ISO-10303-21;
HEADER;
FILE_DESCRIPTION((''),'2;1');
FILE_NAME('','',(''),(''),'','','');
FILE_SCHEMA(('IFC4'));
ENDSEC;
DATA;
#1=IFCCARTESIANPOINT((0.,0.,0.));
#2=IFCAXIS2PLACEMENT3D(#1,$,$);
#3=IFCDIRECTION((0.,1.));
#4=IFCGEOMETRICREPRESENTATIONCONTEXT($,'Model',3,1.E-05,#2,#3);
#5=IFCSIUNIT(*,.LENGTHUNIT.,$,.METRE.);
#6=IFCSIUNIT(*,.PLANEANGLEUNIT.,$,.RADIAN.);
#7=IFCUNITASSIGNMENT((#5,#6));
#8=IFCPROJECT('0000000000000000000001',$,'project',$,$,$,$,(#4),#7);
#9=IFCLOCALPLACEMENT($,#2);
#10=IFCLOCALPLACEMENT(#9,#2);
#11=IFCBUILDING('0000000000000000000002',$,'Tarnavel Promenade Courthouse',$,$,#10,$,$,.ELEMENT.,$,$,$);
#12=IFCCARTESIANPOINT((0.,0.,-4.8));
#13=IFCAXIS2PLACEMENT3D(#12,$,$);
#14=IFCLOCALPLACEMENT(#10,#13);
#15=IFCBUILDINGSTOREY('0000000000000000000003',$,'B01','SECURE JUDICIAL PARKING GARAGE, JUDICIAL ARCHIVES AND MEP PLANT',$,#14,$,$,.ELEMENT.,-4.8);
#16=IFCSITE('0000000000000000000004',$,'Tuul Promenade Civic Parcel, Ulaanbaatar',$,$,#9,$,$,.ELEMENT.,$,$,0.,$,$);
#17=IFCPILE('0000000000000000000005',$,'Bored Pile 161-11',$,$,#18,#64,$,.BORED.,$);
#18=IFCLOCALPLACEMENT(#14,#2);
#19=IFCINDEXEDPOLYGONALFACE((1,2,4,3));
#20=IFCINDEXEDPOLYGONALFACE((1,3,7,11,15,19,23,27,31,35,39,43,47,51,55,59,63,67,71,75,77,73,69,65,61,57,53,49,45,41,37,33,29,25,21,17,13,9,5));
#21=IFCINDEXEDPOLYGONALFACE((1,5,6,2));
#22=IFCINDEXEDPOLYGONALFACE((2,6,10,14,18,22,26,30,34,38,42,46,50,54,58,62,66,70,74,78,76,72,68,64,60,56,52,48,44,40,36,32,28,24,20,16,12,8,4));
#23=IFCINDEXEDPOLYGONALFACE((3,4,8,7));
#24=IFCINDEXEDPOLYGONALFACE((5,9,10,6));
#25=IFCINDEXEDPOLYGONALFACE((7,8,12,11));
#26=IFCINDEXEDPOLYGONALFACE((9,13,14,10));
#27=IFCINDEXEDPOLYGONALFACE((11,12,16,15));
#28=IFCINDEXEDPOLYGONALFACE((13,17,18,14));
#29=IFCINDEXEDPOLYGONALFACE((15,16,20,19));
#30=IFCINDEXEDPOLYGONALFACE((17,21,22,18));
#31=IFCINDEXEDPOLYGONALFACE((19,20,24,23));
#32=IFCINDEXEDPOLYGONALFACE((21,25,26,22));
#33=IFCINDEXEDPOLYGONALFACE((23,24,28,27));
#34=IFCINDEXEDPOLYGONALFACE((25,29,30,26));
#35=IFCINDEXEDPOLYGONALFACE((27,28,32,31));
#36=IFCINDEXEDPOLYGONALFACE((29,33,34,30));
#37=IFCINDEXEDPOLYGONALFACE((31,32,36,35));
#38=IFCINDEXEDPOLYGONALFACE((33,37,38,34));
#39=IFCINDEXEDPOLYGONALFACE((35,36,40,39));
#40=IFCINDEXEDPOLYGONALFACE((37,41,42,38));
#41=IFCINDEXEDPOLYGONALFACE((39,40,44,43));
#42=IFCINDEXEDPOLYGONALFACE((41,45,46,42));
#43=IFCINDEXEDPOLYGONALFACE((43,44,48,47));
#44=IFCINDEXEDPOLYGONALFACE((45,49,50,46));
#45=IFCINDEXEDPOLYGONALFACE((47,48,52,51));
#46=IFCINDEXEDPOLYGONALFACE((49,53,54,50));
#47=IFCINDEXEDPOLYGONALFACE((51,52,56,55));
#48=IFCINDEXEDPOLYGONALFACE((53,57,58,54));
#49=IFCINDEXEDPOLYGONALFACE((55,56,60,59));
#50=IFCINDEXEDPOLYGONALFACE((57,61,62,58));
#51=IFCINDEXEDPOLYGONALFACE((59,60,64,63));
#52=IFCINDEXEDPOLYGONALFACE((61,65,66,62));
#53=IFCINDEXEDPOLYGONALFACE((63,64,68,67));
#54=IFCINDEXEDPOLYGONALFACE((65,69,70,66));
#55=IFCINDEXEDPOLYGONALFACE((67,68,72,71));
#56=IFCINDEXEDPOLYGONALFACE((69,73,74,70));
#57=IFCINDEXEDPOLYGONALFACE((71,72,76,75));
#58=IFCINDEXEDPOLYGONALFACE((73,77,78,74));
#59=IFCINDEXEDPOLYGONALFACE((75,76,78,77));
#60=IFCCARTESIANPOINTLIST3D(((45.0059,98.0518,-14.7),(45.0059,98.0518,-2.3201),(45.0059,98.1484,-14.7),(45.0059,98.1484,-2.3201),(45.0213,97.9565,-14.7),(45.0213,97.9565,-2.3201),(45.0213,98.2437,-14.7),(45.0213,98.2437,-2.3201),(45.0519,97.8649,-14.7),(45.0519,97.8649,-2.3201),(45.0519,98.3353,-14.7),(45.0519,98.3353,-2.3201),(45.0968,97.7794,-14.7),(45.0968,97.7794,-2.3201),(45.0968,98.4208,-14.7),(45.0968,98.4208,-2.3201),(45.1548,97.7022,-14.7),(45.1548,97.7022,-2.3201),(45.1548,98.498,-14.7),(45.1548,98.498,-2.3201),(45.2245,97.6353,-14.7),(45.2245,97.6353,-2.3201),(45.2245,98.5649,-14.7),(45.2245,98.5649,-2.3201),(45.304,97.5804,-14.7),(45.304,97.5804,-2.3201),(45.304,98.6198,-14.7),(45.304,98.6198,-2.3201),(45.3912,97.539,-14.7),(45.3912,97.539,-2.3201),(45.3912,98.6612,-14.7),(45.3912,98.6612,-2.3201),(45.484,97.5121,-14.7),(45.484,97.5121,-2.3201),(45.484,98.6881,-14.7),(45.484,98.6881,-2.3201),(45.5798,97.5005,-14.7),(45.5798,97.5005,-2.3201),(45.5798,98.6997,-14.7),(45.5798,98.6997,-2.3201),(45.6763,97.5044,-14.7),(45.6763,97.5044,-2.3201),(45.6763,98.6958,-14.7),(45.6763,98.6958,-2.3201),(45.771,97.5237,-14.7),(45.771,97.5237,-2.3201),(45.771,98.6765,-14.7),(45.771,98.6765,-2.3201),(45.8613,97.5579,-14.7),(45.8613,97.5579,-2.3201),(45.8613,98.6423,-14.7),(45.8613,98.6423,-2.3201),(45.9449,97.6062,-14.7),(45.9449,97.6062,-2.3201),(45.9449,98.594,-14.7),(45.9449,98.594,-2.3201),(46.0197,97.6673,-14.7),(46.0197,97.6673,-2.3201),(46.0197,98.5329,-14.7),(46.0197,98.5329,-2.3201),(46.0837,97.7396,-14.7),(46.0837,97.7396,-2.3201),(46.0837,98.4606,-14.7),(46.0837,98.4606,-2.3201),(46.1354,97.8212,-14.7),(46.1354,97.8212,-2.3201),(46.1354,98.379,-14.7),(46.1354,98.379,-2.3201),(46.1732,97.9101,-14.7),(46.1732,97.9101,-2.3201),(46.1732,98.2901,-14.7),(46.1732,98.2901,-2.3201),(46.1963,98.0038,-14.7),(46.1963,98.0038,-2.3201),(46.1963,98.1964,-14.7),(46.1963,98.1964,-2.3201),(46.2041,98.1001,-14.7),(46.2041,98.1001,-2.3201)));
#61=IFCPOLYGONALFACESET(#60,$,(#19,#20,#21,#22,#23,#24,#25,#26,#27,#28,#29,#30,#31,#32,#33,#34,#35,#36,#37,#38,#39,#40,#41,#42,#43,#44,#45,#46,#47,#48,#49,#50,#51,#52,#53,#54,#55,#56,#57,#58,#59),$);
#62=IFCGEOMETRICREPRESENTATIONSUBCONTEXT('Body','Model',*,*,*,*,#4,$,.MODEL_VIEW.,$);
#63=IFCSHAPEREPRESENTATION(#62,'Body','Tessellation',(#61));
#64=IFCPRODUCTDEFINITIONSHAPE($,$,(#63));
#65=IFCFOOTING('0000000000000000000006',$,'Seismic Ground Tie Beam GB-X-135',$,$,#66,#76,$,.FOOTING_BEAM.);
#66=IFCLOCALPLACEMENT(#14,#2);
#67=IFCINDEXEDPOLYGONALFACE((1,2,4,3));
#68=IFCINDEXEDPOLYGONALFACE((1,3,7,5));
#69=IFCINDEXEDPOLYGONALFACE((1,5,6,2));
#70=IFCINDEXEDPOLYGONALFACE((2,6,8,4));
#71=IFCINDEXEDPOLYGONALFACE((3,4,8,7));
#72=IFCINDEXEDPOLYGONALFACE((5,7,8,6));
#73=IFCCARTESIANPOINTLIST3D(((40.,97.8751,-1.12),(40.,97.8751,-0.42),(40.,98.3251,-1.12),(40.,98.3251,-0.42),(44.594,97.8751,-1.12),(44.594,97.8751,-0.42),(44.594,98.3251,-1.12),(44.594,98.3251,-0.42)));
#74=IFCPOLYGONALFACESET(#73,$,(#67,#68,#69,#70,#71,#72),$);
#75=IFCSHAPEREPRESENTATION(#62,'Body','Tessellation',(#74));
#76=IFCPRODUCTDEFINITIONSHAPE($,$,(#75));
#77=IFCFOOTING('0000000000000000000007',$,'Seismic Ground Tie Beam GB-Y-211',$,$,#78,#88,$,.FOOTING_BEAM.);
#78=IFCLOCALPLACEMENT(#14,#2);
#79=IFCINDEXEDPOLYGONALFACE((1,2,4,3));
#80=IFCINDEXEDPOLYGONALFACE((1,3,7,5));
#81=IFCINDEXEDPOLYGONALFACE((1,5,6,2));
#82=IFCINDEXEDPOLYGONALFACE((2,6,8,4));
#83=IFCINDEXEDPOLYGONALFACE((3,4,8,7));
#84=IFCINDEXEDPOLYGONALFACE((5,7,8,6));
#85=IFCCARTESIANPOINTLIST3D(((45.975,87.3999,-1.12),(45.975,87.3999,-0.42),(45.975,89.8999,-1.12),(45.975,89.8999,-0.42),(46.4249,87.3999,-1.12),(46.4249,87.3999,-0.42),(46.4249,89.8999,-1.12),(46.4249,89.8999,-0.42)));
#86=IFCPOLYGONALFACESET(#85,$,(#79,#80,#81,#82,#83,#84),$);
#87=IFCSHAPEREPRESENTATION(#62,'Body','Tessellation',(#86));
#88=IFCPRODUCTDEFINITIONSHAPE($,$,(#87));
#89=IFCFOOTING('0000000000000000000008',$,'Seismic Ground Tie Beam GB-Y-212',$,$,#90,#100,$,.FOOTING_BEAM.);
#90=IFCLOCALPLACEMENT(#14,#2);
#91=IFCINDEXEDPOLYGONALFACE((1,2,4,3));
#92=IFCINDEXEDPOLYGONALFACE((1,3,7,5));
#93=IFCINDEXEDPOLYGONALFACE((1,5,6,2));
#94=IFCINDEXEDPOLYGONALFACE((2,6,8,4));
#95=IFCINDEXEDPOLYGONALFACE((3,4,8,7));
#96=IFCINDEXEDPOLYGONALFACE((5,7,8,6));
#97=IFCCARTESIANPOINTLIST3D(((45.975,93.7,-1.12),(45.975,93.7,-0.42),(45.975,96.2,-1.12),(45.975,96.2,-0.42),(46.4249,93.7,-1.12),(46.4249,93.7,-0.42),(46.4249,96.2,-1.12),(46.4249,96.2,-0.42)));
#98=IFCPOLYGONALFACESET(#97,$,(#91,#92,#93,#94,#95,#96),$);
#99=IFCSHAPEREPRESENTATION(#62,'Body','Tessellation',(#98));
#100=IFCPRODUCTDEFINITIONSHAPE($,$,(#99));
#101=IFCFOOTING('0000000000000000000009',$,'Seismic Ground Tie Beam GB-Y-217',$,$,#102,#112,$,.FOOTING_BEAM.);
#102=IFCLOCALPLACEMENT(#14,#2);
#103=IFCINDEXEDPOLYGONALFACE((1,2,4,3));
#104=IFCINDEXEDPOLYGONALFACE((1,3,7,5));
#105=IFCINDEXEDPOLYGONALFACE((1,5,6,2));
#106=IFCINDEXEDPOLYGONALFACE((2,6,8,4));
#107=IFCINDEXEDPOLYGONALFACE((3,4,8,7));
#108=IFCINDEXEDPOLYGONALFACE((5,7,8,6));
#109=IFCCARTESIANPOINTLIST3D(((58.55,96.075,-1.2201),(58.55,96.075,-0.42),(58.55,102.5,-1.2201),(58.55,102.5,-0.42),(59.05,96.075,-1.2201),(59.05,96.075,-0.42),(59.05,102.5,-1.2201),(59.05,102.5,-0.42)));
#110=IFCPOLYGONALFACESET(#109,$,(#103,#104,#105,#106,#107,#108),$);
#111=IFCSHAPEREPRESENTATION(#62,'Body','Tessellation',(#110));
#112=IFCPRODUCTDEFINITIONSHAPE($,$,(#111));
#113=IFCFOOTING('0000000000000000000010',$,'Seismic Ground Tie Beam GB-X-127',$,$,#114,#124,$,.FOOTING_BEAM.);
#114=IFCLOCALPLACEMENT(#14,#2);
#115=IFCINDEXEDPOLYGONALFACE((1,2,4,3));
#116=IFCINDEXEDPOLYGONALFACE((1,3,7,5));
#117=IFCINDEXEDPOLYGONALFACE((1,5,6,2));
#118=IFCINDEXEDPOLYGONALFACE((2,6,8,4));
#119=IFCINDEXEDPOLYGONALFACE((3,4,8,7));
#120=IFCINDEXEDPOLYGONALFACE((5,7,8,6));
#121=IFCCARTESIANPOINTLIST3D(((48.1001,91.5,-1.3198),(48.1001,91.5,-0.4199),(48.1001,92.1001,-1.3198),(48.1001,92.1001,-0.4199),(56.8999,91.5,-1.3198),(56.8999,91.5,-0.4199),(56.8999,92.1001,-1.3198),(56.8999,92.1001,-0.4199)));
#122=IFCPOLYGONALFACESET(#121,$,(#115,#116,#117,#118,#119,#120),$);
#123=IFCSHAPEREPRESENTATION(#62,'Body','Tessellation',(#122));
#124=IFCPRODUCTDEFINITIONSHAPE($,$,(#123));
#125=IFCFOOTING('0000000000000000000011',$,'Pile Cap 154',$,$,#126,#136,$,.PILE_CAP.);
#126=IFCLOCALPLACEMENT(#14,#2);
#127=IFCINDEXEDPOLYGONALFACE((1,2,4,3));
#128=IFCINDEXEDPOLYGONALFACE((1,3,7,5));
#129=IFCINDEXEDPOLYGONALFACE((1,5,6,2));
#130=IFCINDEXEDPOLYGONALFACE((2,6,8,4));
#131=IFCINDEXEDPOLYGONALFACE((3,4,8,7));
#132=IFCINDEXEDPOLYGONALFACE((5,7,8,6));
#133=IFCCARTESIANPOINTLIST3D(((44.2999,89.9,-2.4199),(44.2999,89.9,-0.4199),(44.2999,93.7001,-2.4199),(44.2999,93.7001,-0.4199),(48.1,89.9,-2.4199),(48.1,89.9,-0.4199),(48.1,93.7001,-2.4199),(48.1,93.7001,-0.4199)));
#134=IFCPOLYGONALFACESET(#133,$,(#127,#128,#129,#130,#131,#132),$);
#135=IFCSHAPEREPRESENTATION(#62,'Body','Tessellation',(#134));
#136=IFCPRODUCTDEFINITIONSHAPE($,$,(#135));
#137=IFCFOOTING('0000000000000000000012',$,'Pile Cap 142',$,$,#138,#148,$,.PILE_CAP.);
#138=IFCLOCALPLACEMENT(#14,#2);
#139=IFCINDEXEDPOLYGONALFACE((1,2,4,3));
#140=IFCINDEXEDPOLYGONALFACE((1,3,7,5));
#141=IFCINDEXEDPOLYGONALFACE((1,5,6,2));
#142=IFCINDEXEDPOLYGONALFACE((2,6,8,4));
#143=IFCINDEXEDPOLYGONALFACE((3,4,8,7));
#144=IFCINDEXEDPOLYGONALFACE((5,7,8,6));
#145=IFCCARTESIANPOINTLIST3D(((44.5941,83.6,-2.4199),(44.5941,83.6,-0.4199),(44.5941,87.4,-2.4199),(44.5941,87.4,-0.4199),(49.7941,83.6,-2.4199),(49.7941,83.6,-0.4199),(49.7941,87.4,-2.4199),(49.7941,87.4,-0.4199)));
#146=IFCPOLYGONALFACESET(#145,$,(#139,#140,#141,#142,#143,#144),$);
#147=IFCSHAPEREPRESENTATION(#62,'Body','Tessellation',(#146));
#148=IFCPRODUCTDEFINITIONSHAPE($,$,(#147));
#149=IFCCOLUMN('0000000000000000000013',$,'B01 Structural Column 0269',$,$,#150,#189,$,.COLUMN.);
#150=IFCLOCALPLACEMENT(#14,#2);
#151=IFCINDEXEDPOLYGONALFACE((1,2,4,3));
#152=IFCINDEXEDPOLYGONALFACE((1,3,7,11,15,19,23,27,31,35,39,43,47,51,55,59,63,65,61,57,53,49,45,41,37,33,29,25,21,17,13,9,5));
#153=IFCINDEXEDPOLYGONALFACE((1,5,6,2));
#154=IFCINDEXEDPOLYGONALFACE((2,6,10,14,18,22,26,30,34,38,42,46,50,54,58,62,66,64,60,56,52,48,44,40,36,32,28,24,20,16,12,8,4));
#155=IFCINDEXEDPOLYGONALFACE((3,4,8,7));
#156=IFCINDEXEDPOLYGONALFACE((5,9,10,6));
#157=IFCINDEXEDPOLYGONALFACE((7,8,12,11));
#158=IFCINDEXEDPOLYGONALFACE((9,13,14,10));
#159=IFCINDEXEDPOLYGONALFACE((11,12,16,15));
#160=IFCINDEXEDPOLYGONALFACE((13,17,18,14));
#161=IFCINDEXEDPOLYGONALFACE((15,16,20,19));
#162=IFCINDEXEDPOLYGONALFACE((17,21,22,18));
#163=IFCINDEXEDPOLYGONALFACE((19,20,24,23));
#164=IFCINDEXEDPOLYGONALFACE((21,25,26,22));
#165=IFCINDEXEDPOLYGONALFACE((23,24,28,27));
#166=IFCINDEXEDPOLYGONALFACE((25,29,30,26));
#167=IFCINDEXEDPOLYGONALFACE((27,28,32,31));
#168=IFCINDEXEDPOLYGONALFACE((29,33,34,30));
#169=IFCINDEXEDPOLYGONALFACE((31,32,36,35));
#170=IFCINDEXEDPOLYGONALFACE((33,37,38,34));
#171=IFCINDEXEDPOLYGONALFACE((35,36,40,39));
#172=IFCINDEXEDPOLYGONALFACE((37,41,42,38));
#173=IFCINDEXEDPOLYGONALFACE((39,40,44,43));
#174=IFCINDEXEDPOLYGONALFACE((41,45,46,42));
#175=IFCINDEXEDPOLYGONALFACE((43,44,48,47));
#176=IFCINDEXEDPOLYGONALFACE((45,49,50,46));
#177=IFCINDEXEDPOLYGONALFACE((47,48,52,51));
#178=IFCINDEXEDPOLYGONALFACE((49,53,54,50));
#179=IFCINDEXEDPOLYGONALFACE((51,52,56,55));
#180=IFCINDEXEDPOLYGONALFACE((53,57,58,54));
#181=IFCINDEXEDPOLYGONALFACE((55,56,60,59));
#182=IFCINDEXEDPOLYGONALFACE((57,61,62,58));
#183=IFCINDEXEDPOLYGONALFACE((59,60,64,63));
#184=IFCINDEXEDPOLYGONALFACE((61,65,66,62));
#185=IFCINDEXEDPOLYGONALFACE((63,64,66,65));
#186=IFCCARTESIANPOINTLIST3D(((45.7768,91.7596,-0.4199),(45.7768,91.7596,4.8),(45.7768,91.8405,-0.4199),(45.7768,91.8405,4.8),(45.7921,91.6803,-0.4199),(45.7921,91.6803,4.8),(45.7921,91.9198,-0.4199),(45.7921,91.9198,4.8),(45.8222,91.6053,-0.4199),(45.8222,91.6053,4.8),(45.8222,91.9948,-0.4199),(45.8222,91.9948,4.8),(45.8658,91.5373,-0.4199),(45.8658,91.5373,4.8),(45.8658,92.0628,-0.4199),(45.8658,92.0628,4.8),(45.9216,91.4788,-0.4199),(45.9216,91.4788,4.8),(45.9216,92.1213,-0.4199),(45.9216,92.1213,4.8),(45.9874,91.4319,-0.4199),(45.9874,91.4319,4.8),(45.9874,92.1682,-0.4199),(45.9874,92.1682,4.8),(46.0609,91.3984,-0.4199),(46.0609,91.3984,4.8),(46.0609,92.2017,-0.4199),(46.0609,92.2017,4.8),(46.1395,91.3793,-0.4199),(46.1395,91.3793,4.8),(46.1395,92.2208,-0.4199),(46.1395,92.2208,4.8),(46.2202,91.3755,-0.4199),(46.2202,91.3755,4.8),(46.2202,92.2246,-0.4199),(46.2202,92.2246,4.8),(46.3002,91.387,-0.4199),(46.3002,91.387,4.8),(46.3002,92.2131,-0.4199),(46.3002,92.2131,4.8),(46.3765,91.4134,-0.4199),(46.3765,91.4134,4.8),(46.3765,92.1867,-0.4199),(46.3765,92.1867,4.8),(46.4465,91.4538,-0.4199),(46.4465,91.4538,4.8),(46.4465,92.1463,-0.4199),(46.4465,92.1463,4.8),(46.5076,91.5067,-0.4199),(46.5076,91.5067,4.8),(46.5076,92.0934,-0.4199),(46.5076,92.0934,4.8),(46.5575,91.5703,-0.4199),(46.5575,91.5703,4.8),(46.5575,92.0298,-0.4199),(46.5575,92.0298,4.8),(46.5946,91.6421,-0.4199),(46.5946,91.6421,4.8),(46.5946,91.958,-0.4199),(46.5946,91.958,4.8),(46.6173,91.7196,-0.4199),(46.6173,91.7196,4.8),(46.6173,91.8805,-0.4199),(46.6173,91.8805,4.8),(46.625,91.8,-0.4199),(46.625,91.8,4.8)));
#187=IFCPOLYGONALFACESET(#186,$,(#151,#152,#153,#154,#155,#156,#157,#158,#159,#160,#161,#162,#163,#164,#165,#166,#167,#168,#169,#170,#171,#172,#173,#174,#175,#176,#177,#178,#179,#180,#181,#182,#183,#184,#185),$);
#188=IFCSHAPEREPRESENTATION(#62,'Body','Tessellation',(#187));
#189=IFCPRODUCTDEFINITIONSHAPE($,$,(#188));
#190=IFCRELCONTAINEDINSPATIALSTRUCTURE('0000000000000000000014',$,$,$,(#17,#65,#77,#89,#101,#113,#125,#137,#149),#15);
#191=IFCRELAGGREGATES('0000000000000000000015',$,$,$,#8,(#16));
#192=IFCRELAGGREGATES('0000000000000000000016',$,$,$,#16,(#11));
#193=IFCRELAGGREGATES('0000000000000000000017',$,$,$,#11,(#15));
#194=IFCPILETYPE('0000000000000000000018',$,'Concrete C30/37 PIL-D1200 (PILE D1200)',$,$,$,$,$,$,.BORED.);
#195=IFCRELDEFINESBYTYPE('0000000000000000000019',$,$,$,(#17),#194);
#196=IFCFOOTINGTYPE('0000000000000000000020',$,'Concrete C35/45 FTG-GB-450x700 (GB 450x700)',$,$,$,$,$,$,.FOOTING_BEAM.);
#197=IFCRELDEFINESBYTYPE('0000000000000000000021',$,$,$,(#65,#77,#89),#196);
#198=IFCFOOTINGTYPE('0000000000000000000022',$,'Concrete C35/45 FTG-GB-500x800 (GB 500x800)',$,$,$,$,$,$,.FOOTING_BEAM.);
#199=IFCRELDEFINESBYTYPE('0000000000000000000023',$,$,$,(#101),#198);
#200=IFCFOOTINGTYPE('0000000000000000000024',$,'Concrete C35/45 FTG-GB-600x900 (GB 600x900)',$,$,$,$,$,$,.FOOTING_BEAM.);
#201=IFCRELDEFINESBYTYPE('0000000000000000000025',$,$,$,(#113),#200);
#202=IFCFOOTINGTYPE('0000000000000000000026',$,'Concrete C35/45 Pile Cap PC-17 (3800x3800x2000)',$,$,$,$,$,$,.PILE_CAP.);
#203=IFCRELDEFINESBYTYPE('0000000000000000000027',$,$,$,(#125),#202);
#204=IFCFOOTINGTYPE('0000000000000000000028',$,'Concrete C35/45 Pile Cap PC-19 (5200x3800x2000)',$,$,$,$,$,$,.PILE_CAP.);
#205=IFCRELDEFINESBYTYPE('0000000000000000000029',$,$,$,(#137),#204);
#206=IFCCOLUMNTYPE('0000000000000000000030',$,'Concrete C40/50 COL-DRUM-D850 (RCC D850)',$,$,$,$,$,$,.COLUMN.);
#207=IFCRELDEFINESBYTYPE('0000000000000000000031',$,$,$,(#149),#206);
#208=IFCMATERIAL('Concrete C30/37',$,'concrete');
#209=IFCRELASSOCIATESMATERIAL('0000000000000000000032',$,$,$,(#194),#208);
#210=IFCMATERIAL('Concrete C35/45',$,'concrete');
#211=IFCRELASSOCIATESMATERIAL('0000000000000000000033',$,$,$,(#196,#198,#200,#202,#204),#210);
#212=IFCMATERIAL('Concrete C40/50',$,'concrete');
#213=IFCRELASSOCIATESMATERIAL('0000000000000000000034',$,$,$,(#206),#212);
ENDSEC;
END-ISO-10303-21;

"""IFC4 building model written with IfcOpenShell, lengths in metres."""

from ifc_helpers import new_model, si_unit, direction, frame, origin, origin_2d, place, context, subcontext, project, spatial, rectangle, circle, extrude, material, material_profile, profile_set, type_object, element, save


model = new_model("IFC4")

# Units and contexts
model_context = context("Model", 3, precision=1e-05, world=origin(), true_north=direction((0.0, 1.0)))
body_context = subcontext(model_context, "Body", "Model", "MODEL_VIEW")
ifc_project = project(units=[si_unit("LENGTHUNIT", "METRE"), si_unit("PLANEANGLEUNIT", "RADIAN")], contexts=[model_context])

# Site, building, storey
site_placement = place(None, origin())
site = spatial("IfcSite", under=ifc_project, at=site_placement, Name="Tuul Promenade Civic Parcel, Ulaanbaatar", CompositionType="ELEMENT", RefElevation=0.0)
building_placement = place(site_placement, origin())
building = spatial("IfcBuilding", under=site, at=building_placement, Name="Tarnavel Promenade Courthouse", CompositionType="ELEMENT")
storey_placement = place(building_placement, frame((0.0, 0.0, -4.8)))
storey = spatial("IfcBuildingStorey", under=building, at=storey_placement, Name="B01", Description="SECURE JUDICIAL PARKING GARAGE, JUDICIAL ARCHIVES AND MEP PLANT", CompositionType="ELEMENT", Elevation=-4.8)

# Pile
ifc_material_1 = material(Name="Concrete C30/37", Category="concrete")
ifc_material_profile_1 = material_profile(ifc_material_1, circle(Radius=0.6001, at=origin_2d()), Name="PILE D1200")
ifc_profile_set_1 = profile_set([ifc_material_profile_1], Name="Concrete C30/37")
pile_type = type_object("IfcPileType", Name="Concrete C30/37 PIL-D1200 (PILE D1200)", PredefinedType="BORED", material=ifc_profile_set_1)
for number, where, z_axis, x_axis, name in (
    (1, (45.604, 98.1001, -2.3201), (0.0, 0.0, -1.0), (1.0, 0.0, 0.0), "Bored Pile 161-11"),
):
    element("IfcPile", number, at=place(storey_placement, frame(where, z_axis=z_axis, x_axis=x_axis)), inside=storey, type_object=pile_type, Name=name, PredefinedType="BORED", context=body_context, shape_type="SweptSolid", body=[
        extrude(circle(Radius=0.6001, at=origin_2d()), origin(), (0.0, 0.0, 1.0), 12.3799),
    ])

# Footings
ifc_material_2 = material(Name="Concrete C35/45", Category="concrete")
ifc_material_profile_2 = material_profile(ifc_material_2, rectangle(XDim=0.45, YDim=0.7, at=origin_2d()), Name="GB 450x700")
ifc_profile_set_2 = profile_set([ifc_material_profile_2], Name="Concrete C35/45")
footing_type_1 = type_object("IfcFootingType", Name="Concrete C35/45 FTG-GB-450x700 (GB 450x700)", PredefinedType="FOOTING_BEAM", material=ifc_profile_set_2)
footing_1_placement = place(storey_placement, frame((40.0, 98.1001, -0.77), z_axis=(1.0, 0.0, 0.0), x_axis=(0.0, 1.0, 0.0)))
element("IfcFooting", 2, at=footing_1_placement, inside=storey, type_object=footing_type_1, Name="Seismic Ground Tie Beam GB-X-135", PredefinedType="FOOTING_BEAM", context=body_context, shape_type="SweptSolid", body=[
    extrude(rectangle(XDim=0.45, YDim=0.7, at=origin_2d()), origin(), (0.0, 0.0, 1.0), 4.594),
])
for number, where, z_axis, x_axis, name in (
    (3, (46.2, 87.3999, -0.77), (0.0, 1.0, 0.0), (-1.0, 0.0, 0.0), "Seismic Ground Tie Beam GB-Y-211"),
    (4, (46.2, 93.7, -0.77), (0.0, 1.0, 0.0), (-1.0, 0.0, 0.0), "Seismic Ground Tie Beam GB-Y-212"),
):
    element("IfcFooting", number, at=place(storey_placement, frame(where, z_axis=z_axis, x_axis=x_axis)), inside=storey, type_object=footing_type_1, Name=name, PredefinedType="FOOTING_BEAM", context=body_context, shape_type="SweptSolid", body=[
        extrude(rectangle(XDim=0.45, YDim=0.7, at=origin_2d()), origin(), (0.0, 0.0, 1.0), 2.5),
    ])
ifc_material_profile_3 = material_profile(ifc_material_2, rectangle(XDim=0.5, YDim=0.8, at=origin_2d()), Name="GB 500x800")
ifc_profile_set_3 = profile_set([ifc_material_profile_3], Name="Concrete C35/45")
footing_type_2 = type_object("IfcFootingType", Name="Concrete C35/45 FTG-GB-500x800 (GB 500x800)", PredefinedType="FOOTING_BEAM", material=ifc_profile_set_3)
footing_2_placement = place(storey_placement, frame((58.8, 96.075, -0.8201), z_axis=(0.0, 1.0, 0.0), x_axis=(-1.0, 0.0, 0.0)))
element("IfcFooting", 5, at=footing_2_placement, inside=storey, type_object=footing_type_2, Name="Seismic Ground Tie Beam GB-Y-217", PredefinedType="FOOTING_BEAM", context=body_context, shape_type="SweptSolid", body=[
    extrude(rectangle(XDim=0.5, YDim=0.8, at=origin_2d()), origin(), (0.0, 0.0, 1.0), 6.425),
])
ifc_material_profile_4 = material_profile(ifc_material_2, rectangle(XDim=0.6001, YDim=0.8999, at=origin_2d()), Name="GB 600x900")
ifc_profile_set_4 = profile_set([ifc_material_profile_4], Name="Concrete C35/45")
footing_type_3 = type_object("IfcFootingType", Name="Concrete C35/45 FTG-GB-600x900 (GB 600x900)", PredefinedType="FOOTING_BEAM", material=ifc_profile_set_4)
footing_3_placement = place(storey_placement, frame((48.1001, 91.8, -0.8699), z_axis=(1.0, 0.0, 0.0), x_axis=(0.0, 1.0, 0.0)))
element("IfcFooting", 6, at=footing_3_placement, inside=storey, type_object=footing_type_3, Name="Seismic Ground Tie Beam GB-X-127", PredefinedType="FOOTING_BEAM", context=body_context, shape_type="SweptSolid", body=[
    extrude(rectangle(XDim=0.6001, YDim=0.8999, at=origin_2d()), origin(), (0.0, 0.0, 1.0), 8.7998),
])
footing_type_4 = type_object("IfcFootingType", Name="Concrete C35/45 Pile Cap PC-17 (3800x3800x2000)", PredefinedType="PILE_CAP", material=ifc_material_2)
footing_4_placement = place(storey_placement, frame((46.2, 91.8, -2.4199), z_axis=(0.0, 0.0, 1.0), x_axis=(1.0, 0.0, 0.0)))
element("IfcFooting", 7, at=footing_4_placement, inside=storey, type_object=footing_type_4, Name="Pile Cap 154", PredefinedType="PILE_CAP", context=body_context, shape_type="SweptSolid", body=[
    extrude(rectangle(XDim=3.8, YDim=3.8, at=origin_2d()), origin(), (0.0, 0.0, 1.0), 2.0),
])
footing_type_5 = type_object("IfcFootingType", Name="Concrete C35/45 Pile Cap PC-19 (5200x3800x2000)", PredefinedType="PILE_CAP", material=ifc_material_2)
footing_5_placement = place(storey_placement, frame((47.1941, 85.5, -2.4199), z_axis=(0.0, 0.0, 1.0), x_axis=(1.0, 0.0, 0.0)))
element("IfcFooting", 8, at=footing_5_placement, inside=storey, type_object=footing_type_5, Name="Pile Cap 142", PredefinedType="PILE_CAP", context=body_context, shape_type="SweptSolid", body=[
    extrude(rectangle(XDim=5.2, YDim=3.8, at=origin_2d()), origin(), (0.0, 0.0, 1.0), 2.0),
])

# Column
ifc_material_3 = material(Name="Concrete C40/50", Category="concrete")
ifc_material_profile_5 = material_profile(ifc_material_3, circle(Radius=0.425, at=origin_2d()), Name="RCC D850")
ifc_profile_set_5 = profile_set([ifc_material_profile_5], Name="Concrete C40/50")
column_type_1 = type_object("IfcColumnType", Name="Concrete C40/50 COL-DRUM-D850 (RCC D850)", PredefinedType="COLUMN", material=ifc_profile_set_5)
for number, where, z_axis, x_axis, name in (
    (9, (46.2, 91.8, -0.4199), (0.0, 0.0, 1.0), (1.0, 0.0, 0.0), "B01 Structural Column 0269"),
):
    element("IfcColumn", number, at=place(storey_placement, frame(where, z_axis=z_axis, x_axis=x_axis)), inside=storey, type_object=column_type_1, Name=name, PredefinedType="COLUMN", context=body_context, shape_type="SweptSolid", body=[
        extrude(circle(Radius=0.425, at=origin_2d()), origin(), (0.0, 0.0, 1.0), 5.22),
    ])

save(model, "model.ifc")
